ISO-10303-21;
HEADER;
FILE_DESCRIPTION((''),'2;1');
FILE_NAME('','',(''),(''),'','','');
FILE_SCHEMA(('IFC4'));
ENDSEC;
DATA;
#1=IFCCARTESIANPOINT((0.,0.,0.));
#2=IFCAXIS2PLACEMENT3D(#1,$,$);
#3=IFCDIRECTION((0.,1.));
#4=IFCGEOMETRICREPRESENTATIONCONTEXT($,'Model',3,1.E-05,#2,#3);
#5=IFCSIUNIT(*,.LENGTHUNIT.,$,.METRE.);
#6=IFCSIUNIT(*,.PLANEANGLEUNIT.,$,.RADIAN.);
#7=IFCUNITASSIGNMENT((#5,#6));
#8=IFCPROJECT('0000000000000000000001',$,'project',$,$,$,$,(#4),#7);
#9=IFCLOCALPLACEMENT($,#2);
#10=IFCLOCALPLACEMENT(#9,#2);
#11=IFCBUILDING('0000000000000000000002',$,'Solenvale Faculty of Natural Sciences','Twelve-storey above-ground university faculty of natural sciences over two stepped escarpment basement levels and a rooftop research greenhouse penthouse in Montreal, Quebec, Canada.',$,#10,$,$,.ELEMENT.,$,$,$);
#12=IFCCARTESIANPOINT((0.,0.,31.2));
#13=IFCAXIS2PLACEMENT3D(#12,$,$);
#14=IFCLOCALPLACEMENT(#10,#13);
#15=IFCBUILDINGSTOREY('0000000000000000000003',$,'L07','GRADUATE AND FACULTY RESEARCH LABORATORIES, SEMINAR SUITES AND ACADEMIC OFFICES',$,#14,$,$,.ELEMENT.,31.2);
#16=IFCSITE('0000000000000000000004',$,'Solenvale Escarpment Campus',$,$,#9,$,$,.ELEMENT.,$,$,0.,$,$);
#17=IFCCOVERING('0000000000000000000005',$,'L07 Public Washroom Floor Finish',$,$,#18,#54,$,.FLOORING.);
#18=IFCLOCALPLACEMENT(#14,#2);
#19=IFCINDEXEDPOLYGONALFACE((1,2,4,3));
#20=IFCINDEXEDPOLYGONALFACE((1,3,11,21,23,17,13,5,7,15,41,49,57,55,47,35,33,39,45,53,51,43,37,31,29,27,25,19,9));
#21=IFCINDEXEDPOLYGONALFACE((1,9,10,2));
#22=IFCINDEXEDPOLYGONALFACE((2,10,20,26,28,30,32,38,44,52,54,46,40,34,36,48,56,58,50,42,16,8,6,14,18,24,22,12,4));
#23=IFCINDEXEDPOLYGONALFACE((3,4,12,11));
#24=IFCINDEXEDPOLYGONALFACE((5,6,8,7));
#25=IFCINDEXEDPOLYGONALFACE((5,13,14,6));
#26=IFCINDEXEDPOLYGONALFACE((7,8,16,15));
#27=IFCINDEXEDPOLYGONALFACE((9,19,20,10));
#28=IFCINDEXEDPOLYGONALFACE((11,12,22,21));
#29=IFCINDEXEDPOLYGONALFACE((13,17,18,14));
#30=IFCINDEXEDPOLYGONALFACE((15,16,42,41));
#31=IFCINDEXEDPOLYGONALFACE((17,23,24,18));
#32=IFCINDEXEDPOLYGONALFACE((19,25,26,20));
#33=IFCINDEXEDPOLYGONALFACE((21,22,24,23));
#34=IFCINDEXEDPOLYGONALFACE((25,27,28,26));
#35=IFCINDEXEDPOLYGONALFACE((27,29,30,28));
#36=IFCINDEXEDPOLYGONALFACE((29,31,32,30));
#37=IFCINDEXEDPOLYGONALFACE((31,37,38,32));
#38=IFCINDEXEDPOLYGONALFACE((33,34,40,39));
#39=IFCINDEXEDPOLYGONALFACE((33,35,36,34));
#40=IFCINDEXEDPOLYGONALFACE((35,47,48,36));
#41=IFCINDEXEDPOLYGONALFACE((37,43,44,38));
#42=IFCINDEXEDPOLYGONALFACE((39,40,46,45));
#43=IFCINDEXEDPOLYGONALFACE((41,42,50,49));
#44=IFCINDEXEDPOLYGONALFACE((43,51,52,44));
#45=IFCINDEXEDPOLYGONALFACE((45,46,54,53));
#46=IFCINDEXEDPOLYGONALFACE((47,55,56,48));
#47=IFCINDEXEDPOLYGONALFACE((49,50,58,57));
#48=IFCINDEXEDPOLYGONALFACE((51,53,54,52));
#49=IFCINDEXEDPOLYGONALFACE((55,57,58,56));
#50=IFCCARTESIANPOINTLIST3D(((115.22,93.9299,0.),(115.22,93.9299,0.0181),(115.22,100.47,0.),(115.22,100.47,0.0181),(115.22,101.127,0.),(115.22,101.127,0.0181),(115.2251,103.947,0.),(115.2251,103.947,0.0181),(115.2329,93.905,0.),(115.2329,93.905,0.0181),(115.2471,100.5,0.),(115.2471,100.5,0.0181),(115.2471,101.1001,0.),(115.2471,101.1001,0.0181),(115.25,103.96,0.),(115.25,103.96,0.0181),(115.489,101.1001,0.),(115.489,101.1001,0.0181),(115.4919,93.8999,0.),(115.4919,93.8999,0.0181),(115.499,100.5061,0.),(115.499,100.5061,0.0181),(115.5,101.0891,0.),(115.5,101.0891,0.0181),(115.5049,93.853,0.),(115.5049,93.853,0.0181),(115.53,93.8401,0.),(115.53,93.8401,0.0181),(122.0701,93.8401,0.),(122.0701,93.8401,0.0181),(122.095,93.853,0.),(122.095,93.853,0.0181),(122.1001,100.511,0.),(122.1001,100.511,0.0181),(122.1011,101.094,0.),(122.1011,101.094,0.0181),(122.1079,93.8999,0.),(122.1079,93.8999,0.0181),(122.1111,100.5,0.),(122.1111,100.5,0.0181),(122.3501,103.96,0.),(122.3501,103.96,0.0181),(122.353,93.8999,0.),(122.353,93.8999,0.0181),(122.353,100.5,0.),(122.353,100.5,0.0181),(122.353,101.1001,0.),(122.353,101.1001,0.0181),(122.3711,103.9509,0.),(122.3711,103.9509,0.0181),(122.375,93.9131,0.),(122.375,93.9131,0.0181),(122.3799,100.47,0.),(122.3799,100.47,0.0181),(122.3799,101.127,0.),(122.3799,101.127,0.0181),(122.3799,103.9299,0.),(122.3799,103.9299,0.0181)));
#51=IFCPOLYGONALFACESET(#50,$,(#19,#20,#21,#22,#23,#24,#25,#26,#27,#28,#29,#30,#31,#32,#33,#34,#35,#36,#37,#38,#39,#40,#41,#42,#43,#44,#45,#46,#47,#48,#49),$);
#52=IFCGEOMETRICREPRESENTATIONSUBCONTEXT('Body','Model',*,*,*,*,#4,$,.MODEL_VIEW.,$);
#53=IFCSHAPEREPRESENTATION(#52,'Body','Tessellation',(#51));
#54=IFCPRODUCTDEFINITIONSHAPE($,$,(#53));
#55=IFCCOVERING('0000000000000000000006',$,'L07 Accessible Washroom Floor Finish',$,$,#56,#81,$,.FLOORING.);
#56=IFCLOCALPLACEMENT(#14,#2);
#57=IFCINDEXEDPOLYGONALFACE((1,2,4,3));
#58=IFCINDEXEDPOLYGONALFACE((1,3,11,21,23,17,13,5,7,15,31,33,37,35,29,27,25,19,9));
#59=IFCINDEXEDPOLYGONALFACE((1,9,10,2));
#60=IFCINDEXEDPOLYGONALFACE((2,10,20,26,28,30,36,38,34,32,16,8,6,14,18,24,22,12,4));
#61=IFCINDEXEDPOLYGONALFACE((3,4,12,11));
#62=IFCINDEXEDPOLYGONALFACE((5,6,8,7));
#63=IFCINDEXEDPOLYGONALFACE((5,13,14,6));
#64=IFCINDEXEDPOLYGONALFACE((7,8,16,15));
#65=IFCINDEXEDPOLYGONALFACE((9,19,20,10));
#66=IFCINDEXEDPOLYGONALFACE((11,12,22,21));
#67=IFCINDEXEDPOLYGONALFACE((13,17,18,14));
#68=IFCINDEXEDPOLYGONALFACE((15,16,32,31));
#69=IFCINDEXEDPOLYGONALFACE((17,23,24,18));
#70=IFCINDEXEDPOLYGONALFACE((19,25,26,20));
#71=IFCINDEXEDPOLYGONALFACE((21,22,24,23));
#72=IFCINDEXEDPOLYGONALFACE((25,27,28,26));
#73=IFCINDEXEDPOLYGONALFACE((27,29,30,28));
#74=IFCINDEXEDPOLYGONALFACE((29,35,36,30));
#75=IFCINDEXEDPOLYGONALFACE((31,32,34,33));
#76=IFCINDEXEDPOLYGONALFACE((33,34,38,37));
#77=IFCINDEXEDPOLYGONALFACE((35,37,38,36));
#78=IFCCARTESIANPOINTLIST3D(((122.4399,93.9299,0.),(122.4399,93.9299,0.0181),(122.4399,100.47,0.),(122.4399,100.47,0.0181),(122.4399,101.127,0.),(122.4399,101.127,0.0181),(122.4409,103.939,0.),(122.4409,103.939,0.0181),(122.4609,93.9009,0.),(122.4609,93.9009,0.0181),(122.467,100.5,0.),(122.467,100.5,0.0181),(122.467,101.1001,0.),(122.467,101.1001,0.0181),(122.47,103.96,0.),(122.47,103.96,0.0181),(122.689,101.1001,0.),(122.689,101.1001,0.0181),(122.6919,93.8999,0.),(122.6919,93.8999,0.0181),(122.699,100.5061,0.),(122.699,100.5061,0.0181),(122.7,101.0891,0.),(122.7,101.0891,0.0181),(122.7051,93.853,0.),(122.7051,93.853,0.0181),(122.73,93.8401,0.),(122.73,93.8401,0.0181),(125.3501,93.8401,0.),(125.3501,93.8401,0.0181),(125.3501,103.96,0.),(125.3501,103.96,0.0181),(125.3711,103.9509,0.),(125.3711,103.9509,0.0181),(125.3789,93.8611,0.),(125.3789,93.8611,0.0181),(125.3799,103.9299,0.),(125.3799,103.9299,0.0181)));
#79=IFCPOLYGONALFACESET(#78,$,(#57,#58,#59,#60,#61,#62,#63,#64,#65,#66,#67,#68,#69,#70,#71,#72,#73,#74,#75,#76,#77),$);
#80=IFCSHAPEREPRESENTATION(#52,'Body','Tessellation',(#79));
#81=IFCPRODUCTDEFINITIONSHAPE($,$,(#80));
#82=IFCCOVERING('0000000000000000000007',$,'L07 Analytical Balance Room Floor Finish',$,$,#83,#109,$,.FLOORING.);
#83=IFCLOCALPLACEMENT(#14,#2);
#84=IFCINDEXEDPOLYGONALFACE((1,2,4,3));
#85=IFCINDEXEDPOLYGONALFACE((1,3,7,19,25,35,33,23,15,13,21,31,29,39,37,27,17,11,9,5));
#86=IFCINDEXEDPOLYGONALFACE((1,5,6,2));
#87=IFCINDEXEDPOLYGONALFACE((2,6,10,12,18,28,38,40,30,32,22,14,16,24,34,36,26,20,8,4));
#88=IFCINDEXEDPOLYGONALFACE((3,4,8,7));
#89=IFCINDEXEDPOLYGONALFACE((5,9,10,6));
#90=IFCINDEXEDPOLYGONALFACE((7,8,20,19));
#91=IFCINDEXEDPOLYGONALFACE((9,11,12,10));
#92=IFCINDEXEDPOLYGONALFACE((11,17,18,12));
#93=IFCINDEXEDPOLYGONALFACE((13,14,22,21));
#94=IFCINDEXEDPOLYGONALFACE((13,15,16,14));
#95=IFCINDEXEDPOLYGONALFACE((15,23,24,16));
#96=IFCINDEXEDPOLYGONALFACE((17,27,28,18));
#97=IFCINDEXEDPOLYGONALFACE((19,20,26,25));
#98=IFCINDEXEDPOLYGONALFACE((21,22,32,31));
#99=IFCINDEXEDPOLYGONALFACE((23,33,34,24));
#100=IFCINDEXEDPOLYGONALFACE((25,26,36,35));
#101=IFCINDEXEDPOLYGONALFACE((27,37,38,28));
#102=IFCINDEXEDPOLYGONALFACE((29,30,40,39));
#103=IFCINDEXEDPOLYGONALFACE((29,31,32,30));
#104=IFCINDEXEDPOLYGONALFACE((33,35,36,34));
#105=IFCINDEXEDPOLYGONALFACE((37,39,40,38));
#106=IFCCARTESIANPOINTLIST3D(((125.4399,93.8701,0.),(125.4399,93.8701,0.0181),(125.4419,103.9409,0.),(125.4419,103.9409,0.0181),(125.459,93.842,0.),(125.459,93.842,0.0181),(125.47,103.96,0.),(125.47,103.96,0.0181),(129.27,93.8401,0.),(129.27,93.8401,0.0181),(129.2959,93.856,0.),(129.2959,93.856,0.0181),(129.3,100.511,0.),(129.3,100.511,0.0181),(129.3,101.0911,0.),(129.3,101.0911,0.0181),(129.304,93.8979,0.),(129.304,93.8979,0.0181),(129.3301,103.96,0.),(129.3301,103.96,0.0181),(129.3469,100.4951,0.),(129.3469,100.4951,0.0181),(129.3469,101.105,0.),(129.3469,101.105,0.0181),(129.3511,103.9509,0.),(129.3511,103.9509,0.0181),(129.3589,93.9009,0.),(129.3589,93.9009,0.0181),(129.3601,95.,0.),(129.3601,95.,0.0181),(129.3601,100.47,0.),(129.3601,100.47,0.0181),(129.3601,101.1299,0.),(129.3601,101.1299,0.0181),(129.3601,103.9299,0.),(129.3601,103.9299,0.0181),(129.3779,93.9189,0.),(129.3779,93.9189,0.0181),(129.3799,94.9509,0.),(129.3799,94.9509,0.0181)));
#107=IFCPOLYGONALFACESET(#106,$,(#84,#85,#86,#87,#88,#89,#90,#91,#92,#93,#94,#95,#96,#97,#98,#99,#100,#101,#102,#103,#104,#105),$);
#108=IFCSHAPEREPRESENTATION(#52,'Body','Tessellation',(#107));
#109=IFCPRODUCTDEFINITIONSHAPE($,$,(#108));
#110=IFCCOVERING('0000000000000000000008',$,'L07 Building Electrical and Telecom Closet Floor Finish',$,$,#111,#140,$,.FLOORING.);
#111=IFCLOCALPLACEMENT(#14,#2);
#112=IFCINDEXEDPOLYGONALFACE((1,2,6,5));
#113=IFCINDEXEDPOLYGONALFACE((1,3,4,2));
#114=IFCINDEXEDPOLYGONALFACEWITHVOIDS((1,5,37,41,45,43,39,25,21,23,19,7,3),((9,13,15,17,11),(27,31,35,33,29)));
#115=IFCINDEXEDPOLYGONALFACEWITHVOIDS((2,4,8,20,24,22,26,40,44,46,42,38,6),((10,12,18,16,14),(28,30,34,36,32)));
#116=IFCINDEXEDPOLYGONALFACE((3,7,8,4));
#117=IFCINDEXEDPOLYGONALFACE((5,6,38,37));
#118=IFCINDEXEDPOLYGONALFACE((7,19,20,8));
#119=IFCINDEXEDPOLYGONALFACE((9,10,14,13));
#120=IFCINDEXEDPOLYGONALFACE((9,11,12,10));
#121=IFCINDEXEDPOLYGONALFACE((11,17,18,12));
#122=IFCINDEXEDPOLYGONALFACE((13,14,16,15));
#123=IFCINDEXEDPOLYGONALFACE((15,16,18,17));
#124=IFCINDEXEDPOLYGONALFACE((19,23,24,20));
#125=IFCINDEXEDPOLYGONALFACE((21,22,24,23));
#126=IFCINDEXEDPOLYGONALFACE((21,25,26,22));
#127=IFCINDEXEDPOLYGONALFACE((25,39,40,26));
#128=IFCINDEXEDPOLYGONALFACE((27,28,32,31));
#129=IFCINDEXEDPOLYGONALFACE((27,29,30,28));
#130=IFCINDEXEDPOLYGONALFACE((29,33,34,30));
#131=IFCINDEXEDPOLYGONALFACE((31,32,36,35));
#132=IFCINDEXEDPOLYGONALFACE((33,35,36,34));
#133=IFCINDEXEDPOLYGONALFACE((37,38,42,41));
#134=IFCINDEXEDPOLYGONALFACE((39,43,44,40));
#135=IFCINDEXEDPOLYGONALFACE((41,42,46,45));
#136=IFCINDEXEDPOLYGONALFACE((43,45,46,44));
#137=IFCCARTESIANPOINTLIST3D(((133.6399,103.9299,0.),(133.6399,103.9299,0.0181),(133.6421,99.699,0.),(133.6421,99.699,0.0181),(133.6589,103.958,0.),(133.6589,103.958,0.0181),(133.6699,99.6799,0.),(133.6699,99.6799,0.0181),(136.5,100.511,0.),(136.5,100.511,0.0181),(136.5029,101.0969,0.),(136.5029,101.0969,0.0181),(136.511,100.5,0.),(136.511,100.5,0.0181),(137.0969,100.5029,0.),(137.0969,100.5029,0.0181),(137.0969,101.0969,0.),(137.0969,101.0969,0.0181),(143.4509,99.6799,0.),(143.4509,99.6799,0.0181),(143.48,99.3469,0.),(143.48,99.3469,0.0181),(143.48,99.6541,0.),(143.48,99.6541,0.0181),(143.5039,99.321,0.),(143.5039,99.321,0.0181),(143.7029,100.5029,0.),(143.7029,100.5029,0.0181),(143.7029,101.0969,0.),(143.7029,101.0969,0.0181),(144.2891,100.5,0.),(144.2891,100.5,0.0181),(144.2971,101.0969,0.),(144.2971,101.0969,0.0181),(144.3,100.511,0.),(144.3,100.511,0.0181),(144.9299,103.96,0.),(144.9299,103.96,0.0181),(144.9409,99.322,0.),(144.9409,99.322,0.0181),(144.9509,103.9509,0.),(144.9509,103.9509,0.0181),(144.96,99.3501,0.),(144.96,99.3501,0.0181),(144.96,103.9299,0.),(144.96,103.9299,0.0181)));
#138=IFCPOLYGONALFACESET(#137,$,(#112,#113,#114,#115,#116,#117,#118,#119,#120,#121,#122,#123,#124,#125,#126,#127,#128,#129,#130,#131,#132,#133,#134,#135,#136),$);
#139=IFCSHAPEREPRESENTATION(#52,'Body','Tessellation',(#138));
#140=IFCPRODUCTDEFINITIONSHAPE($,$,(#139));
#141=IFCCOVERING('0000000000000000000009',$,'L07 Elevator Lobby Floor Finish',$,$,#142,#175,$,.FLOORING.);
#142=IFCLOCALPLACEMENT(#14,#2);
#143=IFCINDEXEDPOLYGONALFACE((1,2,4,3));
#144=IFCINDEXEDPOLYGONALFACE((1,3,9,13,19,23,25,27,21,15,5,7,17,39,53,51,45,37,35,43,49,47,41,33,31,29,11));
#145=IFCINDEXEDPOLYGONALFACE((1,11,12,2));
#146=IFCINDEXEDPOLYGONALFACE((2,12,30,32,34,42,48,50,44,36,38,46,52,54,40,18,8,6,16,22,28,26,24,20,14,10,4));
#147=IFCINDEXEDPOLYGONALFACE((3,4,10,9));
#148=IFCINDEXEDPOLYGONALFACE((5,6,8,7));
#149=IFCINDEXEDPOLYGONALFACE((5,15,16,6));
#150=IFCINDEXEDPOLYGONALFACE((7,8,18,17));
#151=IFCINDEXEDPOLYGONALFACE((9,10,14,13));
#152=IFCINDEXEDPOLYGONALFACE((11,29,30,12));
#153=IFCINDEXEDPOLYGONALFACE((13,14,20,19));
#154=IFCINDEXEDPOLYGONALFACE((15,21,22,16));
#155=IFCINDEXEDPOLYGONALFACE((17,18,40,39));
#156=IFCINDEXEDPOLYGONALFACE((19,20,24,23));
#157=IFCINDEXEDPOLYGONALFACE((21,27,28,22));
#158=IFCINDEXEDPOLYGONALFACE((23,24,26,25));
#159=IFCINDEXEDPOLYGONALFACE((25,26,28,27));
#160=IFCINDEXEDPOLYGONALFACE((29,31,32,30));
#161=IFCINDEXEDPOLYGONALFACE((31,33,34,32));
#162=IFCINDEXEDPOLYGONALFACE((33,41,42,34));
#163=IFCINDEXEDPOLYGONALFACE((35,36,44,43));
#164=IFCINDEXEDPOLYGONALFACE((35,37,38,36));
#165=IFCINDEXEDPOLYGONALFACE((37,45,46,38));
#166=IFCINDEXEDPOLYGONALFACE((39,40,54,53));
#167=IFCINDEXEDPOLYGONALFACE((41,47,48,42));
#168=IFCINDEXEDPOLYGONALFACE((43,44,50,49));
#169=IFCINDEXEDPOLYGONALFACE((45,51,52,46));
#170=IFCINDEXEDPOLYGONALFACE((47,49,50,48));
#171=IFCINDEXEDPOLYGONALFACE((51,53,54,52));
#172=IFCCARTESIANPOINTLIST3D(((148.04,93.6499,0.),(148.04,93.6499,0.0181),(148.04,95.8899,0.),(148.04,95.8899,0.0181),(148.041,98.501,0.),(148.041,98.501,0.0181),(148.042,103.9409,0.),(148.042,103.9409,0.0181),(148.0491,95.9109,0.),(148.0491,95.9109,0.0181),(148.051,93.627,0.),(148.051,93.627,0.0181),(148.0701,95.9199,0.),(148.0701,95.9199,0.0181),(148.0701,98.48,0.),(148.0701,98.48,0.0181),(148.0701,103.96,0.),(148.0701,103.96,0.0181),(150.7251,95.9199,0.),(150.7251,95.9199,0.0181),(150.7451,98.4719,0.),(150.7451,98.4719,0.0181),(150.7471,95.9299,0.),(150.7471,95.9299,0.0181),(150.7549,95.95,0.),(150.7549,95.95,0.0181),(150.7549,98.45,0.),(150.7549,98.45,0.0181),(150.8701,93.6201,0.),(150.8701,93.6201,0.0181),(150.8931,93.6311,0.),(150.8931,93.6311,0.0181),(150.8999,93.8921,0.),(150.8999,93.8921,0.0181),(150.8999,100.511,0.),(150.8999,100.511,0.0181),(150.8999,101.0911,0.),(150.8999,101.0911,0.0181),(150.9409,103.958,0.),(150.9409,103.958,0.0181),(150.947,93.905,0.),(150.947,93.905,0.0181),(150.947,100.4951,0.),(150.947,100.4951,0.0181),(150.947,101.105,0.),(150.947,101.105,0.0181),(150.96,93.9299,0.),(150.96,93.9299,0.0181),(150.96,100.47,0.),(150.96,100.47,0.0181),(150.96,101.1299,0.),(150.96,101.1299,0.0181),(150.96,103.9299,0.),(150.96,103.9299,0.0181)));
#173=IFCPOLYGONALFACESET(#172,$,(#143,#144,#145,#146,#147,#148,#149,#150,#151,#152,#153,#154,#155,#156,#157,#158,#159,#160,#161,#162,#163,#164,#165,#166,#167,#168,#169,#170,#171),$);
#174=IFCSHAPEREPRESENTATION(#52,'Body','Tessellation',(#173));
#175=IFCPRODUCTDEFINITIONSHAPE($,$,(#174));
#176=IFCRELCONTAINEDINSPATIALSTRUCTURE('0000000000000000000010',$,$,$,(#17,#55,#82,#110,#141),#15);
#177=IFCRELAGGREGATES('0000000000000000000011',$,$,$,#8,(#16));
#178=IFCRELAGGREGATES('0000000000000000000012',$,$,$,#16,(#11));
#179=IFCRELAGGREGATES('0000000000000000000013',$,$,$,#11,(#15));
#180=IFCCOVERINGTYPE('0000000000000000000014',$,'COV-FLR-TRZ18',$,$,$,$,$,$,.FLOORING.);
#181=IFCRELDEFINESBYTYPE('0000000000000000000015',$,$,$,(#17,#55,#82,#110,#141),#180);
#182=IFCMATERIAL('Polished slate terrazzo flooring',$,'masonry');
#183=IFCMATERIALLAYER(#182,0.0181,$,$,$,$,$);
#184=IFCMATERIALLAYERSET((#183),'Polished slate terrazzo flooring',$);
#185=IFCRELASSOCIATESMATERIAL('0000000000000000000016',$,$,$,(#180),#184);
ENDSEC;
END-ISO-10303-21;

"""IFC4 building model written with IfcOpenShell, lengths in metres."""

from ifc_helpers import new_model, si_unit, direction, frame, origin, place, context, subcontext, project, spatial, polyline, outline, extrude, material, layer, layer_set, type_object, element, save


model = new_model("IFC4")

# Units and contexts
model_context = context("Model", 3, precision=1e-05, world=origin(), true_north=direction((0.0, 1.0)))
body_context = subcontext(model_context, "Body", "Model", "MODEL_VIEW")
ifc_project = project(units=[si_unit("LENGTHUNIT", "METRE"), si_unit("PLANEANGLEUNIT", "RADIAN")], contexts=[model_context])

# Site, building, storey
site_placement = place(None, origin())
site = spatial("IfcSite", under=ifc_project, at=site_placement, Name="Solenvale Escarpment Campus", CompositionType="ELEMENT", RefElevation=0.0)
building_placement = place(site_placement, origin())
building = spatial("IfcBuilding", under=site, at=building_placement, Name="Solenvale Faculty of Natural Sciences", Description="Twelve-storey above-ground university faculty of natural sciences over two stepped escarpment basement levels and a rooftop research greenhouse penthouse in Montreal, Quebec, Canada.", CompositionType="ELEMENT")
storey_placement = place(building_placement, frame((0.0, 0.0, 31.2)))
storey = spatial("IfcBuildingStorey", under=building, at=storey_placement, Name="L07", Description="GRADUATE AND FACULTY RESEARCH LABORATORIES, SEMINAR SUITES AND ACADEMIC OFFICES", CompositionType="ELEMENT", Elevation=31.2)

# Coverings
ifc_material_1 = material(Name="Polished slate terrazzo flooring", Category="masonry")
ifc_layer_1 = layer(ifc_material_1, 0.0181)
ifc_layer_set_1 = layer_set([ifc_layer_1], Name="Polished slate terrazzo flooring")
covering_type_1 = type_object("IfcCoveringType", Name="COV-FLR-TRZ18", PredefinedType="FLOORING", material=ifc_layer_set_1)
covering_1_placement = place(storey_placement, origin())
element("IfcCovering", 1, at=covering_1_placement, inside=storey, type_object=covering_type_1, Name="L07 Public Washroom Floor Finish", PredefinedType="FLOORING", context=body_context, shape_type="SweptSolid", body=[
    extrude(outline(polyline([(122.3501, 103.96), (122.3711, 103.9509), (122.3799, 103.9299), (122.3799, 101.127), (122.353, 101.1001), (122.1011, 101.094), (122.1001, 100.511), (122.1111, 100.5), (122.353, 100.5), (122.3799, 100.47), (122.375, 93.9131), (122.353, 93.8999), (122.1079, 93.8999), (122.095, 93.853), (122.0701, 93.8401), (115.53, 93.8401), (115.5049, 93.853), (115.4919, 93.8999), (115.2329, 93.905), (115.22, 93.9299), (115.22, 100.47), (115.2471, 100.5), (115.499, 100.5061), (115.5, 101.0891), (115.489, 101.1001), (115.2471, 101.1001), (115.22, 101.127), (115.2251, 103.947), (115.25, 103.96), (122.3501, 103.96)])), origin(), (0.0, 0.0, 1.0), 0.0181),
])
covering_2_placement = place(storey_placement, origin())
element("IfcCovering", 2, at=covering_2_placement, inside=storey, type_object=covering_type_1, Name="L07 Accessible Washroom Floor Finish", PredefinedType="FLOORING", context=body_context, shape_type="SweptSolid", body=[
    extrude(outline(polyline([(125.3501, 103.96), (125.3711, 103.9509), (125.3799, 103.9299), (125.3789, 93.8611), (125.3501, 93.8401), (122.73, 93.8401), (122.7051, 93.853), (122.6919, 93.8999), (122.4609, 93.9009), (122.4399, 93.9299), (122.4399, 100.47), (122.467, 100.5), (122.699, 100.5061), (122.7, 101.0891), (122.689, 101.1001), (122.467, 101.1001), (122.4399, 101.127), (122.4409, 103.939), (122.47, 103.96), (125.3501, 103.96)])), origin(), (0.0, 0.0, 1.0), 0.0181),
])
covering_3_placement = place(storey_placement, origin())
element("IfcCovering", 3, at=covering_3_placement, inside=storey, type_object=covering_type_1, Name="L07 Analytical Balance Room Floor Finish", PredefinedType="FLOORING", context=body_context, shape_type="SweptSolid", body=[
    extrude(outline(polyline([(129.3301, 103.96), (129.3511, 103.9509), (129.3601, 103.9299), (129.3601, 101.1299), (129.3469, 101.105), (129.3, 101.0911), (129.3, 100.511), (129.3469, 100.4951), (129.3601, 100.47), (129.3601, 95.0), (129.3799, 94.9509), (129.3779, 93.9189), (129.3589, 93.9009), (129.304, 93.8979), (129.2959, 93.856), (129.27, 93.8401), (125.459, 93.842), (125.4399, 93.8701), (125.4419, 103.9409), (125.47, 103.96), (129.3301, 103.96)])), origin(), (0.0, 0.0, 1.0), 0.0181),
])
covering_4_placement = place(storey_placement, origin())
element("IfcCovering", 4, at=covering_4_placement, inside=storey, type_object=covering_type_1, Name="L07 Building Electrical and Telecom Closet Floor Finish", PredefinedType="FLOORING", context=body_context, shape_type="SweptSolid", body=[
    extrude(outline(polyline([(144.9299, 103.96), (144.9509, 103.9509), (144.96, 103.9299), (144.96, 99.3501), (144.9409, 99.322), (143.5039, 99.321), (143.48, 99.3469), (143.48, 99.6541), (143.4509, 99.6799), (133.6699, 99.6799), (133.6421, 99.699), (133.6399, 103.9299), (133.6589, 103.958), (144.9299, 103.96)]), holes=[polyline([(144.2891, 100.5), (144.3, 100.511), (144.2971, 101.0969), (143.7029, 101.0969), (143.7029, 100.5029), (144.2891, 100.5)]), polyline([(136.5, 100.511), (136.511, 100.5), (137.0969, 100.5029), (137.0969, 101.0969), (136.5029, 101.0969), (136.5, 100.511)])]), origin(), (0.0, 0.0, 1.0), 0.0181),
])
covering_5_placement = place(storey_placement, origin())
element("IfcCovering", 5, at=covering_5_placement, inside=storey, type_object=covering_type_1, Name="L07 Elevator Lobby Floor Finish", PredefinedType="FLOORING", context=body_context, shape_type="SweptSolid", body=[
    extrude(outline(polyline([(148.04, 95.8899), (148.0491, 95.9109), (148.0701, 95.9199), (150.7251, 95.9199), (150.7471, 95.9299), (150.7549, 95.95), (150.7549, 98.45), (150.7451, 98.4719), (148.0701, 98.48), (148.041, 98.501), (148.042, 103.9409), (148.0701, 103.96), (150.9409, 103.958), (150.96, 103.9299), (150.96, 101.1299), (150.947, 101.105), (150.8999, 101.0911), (150.8999, 100.511), (150.947, 100.4951), (150.96, 100.47), (150.96, 93.9299), (150.947, 93.905), (150.8999, 93.8921), (150.8931, 93.6311), (150.8701, 93.6201), (148.051, 93.627), (148.04, 93.6499), (148.04, 95.8899)])), origin(), (0.0, 0.0, 1.0), 0.0181),
])

save(model, "model.ifc")
